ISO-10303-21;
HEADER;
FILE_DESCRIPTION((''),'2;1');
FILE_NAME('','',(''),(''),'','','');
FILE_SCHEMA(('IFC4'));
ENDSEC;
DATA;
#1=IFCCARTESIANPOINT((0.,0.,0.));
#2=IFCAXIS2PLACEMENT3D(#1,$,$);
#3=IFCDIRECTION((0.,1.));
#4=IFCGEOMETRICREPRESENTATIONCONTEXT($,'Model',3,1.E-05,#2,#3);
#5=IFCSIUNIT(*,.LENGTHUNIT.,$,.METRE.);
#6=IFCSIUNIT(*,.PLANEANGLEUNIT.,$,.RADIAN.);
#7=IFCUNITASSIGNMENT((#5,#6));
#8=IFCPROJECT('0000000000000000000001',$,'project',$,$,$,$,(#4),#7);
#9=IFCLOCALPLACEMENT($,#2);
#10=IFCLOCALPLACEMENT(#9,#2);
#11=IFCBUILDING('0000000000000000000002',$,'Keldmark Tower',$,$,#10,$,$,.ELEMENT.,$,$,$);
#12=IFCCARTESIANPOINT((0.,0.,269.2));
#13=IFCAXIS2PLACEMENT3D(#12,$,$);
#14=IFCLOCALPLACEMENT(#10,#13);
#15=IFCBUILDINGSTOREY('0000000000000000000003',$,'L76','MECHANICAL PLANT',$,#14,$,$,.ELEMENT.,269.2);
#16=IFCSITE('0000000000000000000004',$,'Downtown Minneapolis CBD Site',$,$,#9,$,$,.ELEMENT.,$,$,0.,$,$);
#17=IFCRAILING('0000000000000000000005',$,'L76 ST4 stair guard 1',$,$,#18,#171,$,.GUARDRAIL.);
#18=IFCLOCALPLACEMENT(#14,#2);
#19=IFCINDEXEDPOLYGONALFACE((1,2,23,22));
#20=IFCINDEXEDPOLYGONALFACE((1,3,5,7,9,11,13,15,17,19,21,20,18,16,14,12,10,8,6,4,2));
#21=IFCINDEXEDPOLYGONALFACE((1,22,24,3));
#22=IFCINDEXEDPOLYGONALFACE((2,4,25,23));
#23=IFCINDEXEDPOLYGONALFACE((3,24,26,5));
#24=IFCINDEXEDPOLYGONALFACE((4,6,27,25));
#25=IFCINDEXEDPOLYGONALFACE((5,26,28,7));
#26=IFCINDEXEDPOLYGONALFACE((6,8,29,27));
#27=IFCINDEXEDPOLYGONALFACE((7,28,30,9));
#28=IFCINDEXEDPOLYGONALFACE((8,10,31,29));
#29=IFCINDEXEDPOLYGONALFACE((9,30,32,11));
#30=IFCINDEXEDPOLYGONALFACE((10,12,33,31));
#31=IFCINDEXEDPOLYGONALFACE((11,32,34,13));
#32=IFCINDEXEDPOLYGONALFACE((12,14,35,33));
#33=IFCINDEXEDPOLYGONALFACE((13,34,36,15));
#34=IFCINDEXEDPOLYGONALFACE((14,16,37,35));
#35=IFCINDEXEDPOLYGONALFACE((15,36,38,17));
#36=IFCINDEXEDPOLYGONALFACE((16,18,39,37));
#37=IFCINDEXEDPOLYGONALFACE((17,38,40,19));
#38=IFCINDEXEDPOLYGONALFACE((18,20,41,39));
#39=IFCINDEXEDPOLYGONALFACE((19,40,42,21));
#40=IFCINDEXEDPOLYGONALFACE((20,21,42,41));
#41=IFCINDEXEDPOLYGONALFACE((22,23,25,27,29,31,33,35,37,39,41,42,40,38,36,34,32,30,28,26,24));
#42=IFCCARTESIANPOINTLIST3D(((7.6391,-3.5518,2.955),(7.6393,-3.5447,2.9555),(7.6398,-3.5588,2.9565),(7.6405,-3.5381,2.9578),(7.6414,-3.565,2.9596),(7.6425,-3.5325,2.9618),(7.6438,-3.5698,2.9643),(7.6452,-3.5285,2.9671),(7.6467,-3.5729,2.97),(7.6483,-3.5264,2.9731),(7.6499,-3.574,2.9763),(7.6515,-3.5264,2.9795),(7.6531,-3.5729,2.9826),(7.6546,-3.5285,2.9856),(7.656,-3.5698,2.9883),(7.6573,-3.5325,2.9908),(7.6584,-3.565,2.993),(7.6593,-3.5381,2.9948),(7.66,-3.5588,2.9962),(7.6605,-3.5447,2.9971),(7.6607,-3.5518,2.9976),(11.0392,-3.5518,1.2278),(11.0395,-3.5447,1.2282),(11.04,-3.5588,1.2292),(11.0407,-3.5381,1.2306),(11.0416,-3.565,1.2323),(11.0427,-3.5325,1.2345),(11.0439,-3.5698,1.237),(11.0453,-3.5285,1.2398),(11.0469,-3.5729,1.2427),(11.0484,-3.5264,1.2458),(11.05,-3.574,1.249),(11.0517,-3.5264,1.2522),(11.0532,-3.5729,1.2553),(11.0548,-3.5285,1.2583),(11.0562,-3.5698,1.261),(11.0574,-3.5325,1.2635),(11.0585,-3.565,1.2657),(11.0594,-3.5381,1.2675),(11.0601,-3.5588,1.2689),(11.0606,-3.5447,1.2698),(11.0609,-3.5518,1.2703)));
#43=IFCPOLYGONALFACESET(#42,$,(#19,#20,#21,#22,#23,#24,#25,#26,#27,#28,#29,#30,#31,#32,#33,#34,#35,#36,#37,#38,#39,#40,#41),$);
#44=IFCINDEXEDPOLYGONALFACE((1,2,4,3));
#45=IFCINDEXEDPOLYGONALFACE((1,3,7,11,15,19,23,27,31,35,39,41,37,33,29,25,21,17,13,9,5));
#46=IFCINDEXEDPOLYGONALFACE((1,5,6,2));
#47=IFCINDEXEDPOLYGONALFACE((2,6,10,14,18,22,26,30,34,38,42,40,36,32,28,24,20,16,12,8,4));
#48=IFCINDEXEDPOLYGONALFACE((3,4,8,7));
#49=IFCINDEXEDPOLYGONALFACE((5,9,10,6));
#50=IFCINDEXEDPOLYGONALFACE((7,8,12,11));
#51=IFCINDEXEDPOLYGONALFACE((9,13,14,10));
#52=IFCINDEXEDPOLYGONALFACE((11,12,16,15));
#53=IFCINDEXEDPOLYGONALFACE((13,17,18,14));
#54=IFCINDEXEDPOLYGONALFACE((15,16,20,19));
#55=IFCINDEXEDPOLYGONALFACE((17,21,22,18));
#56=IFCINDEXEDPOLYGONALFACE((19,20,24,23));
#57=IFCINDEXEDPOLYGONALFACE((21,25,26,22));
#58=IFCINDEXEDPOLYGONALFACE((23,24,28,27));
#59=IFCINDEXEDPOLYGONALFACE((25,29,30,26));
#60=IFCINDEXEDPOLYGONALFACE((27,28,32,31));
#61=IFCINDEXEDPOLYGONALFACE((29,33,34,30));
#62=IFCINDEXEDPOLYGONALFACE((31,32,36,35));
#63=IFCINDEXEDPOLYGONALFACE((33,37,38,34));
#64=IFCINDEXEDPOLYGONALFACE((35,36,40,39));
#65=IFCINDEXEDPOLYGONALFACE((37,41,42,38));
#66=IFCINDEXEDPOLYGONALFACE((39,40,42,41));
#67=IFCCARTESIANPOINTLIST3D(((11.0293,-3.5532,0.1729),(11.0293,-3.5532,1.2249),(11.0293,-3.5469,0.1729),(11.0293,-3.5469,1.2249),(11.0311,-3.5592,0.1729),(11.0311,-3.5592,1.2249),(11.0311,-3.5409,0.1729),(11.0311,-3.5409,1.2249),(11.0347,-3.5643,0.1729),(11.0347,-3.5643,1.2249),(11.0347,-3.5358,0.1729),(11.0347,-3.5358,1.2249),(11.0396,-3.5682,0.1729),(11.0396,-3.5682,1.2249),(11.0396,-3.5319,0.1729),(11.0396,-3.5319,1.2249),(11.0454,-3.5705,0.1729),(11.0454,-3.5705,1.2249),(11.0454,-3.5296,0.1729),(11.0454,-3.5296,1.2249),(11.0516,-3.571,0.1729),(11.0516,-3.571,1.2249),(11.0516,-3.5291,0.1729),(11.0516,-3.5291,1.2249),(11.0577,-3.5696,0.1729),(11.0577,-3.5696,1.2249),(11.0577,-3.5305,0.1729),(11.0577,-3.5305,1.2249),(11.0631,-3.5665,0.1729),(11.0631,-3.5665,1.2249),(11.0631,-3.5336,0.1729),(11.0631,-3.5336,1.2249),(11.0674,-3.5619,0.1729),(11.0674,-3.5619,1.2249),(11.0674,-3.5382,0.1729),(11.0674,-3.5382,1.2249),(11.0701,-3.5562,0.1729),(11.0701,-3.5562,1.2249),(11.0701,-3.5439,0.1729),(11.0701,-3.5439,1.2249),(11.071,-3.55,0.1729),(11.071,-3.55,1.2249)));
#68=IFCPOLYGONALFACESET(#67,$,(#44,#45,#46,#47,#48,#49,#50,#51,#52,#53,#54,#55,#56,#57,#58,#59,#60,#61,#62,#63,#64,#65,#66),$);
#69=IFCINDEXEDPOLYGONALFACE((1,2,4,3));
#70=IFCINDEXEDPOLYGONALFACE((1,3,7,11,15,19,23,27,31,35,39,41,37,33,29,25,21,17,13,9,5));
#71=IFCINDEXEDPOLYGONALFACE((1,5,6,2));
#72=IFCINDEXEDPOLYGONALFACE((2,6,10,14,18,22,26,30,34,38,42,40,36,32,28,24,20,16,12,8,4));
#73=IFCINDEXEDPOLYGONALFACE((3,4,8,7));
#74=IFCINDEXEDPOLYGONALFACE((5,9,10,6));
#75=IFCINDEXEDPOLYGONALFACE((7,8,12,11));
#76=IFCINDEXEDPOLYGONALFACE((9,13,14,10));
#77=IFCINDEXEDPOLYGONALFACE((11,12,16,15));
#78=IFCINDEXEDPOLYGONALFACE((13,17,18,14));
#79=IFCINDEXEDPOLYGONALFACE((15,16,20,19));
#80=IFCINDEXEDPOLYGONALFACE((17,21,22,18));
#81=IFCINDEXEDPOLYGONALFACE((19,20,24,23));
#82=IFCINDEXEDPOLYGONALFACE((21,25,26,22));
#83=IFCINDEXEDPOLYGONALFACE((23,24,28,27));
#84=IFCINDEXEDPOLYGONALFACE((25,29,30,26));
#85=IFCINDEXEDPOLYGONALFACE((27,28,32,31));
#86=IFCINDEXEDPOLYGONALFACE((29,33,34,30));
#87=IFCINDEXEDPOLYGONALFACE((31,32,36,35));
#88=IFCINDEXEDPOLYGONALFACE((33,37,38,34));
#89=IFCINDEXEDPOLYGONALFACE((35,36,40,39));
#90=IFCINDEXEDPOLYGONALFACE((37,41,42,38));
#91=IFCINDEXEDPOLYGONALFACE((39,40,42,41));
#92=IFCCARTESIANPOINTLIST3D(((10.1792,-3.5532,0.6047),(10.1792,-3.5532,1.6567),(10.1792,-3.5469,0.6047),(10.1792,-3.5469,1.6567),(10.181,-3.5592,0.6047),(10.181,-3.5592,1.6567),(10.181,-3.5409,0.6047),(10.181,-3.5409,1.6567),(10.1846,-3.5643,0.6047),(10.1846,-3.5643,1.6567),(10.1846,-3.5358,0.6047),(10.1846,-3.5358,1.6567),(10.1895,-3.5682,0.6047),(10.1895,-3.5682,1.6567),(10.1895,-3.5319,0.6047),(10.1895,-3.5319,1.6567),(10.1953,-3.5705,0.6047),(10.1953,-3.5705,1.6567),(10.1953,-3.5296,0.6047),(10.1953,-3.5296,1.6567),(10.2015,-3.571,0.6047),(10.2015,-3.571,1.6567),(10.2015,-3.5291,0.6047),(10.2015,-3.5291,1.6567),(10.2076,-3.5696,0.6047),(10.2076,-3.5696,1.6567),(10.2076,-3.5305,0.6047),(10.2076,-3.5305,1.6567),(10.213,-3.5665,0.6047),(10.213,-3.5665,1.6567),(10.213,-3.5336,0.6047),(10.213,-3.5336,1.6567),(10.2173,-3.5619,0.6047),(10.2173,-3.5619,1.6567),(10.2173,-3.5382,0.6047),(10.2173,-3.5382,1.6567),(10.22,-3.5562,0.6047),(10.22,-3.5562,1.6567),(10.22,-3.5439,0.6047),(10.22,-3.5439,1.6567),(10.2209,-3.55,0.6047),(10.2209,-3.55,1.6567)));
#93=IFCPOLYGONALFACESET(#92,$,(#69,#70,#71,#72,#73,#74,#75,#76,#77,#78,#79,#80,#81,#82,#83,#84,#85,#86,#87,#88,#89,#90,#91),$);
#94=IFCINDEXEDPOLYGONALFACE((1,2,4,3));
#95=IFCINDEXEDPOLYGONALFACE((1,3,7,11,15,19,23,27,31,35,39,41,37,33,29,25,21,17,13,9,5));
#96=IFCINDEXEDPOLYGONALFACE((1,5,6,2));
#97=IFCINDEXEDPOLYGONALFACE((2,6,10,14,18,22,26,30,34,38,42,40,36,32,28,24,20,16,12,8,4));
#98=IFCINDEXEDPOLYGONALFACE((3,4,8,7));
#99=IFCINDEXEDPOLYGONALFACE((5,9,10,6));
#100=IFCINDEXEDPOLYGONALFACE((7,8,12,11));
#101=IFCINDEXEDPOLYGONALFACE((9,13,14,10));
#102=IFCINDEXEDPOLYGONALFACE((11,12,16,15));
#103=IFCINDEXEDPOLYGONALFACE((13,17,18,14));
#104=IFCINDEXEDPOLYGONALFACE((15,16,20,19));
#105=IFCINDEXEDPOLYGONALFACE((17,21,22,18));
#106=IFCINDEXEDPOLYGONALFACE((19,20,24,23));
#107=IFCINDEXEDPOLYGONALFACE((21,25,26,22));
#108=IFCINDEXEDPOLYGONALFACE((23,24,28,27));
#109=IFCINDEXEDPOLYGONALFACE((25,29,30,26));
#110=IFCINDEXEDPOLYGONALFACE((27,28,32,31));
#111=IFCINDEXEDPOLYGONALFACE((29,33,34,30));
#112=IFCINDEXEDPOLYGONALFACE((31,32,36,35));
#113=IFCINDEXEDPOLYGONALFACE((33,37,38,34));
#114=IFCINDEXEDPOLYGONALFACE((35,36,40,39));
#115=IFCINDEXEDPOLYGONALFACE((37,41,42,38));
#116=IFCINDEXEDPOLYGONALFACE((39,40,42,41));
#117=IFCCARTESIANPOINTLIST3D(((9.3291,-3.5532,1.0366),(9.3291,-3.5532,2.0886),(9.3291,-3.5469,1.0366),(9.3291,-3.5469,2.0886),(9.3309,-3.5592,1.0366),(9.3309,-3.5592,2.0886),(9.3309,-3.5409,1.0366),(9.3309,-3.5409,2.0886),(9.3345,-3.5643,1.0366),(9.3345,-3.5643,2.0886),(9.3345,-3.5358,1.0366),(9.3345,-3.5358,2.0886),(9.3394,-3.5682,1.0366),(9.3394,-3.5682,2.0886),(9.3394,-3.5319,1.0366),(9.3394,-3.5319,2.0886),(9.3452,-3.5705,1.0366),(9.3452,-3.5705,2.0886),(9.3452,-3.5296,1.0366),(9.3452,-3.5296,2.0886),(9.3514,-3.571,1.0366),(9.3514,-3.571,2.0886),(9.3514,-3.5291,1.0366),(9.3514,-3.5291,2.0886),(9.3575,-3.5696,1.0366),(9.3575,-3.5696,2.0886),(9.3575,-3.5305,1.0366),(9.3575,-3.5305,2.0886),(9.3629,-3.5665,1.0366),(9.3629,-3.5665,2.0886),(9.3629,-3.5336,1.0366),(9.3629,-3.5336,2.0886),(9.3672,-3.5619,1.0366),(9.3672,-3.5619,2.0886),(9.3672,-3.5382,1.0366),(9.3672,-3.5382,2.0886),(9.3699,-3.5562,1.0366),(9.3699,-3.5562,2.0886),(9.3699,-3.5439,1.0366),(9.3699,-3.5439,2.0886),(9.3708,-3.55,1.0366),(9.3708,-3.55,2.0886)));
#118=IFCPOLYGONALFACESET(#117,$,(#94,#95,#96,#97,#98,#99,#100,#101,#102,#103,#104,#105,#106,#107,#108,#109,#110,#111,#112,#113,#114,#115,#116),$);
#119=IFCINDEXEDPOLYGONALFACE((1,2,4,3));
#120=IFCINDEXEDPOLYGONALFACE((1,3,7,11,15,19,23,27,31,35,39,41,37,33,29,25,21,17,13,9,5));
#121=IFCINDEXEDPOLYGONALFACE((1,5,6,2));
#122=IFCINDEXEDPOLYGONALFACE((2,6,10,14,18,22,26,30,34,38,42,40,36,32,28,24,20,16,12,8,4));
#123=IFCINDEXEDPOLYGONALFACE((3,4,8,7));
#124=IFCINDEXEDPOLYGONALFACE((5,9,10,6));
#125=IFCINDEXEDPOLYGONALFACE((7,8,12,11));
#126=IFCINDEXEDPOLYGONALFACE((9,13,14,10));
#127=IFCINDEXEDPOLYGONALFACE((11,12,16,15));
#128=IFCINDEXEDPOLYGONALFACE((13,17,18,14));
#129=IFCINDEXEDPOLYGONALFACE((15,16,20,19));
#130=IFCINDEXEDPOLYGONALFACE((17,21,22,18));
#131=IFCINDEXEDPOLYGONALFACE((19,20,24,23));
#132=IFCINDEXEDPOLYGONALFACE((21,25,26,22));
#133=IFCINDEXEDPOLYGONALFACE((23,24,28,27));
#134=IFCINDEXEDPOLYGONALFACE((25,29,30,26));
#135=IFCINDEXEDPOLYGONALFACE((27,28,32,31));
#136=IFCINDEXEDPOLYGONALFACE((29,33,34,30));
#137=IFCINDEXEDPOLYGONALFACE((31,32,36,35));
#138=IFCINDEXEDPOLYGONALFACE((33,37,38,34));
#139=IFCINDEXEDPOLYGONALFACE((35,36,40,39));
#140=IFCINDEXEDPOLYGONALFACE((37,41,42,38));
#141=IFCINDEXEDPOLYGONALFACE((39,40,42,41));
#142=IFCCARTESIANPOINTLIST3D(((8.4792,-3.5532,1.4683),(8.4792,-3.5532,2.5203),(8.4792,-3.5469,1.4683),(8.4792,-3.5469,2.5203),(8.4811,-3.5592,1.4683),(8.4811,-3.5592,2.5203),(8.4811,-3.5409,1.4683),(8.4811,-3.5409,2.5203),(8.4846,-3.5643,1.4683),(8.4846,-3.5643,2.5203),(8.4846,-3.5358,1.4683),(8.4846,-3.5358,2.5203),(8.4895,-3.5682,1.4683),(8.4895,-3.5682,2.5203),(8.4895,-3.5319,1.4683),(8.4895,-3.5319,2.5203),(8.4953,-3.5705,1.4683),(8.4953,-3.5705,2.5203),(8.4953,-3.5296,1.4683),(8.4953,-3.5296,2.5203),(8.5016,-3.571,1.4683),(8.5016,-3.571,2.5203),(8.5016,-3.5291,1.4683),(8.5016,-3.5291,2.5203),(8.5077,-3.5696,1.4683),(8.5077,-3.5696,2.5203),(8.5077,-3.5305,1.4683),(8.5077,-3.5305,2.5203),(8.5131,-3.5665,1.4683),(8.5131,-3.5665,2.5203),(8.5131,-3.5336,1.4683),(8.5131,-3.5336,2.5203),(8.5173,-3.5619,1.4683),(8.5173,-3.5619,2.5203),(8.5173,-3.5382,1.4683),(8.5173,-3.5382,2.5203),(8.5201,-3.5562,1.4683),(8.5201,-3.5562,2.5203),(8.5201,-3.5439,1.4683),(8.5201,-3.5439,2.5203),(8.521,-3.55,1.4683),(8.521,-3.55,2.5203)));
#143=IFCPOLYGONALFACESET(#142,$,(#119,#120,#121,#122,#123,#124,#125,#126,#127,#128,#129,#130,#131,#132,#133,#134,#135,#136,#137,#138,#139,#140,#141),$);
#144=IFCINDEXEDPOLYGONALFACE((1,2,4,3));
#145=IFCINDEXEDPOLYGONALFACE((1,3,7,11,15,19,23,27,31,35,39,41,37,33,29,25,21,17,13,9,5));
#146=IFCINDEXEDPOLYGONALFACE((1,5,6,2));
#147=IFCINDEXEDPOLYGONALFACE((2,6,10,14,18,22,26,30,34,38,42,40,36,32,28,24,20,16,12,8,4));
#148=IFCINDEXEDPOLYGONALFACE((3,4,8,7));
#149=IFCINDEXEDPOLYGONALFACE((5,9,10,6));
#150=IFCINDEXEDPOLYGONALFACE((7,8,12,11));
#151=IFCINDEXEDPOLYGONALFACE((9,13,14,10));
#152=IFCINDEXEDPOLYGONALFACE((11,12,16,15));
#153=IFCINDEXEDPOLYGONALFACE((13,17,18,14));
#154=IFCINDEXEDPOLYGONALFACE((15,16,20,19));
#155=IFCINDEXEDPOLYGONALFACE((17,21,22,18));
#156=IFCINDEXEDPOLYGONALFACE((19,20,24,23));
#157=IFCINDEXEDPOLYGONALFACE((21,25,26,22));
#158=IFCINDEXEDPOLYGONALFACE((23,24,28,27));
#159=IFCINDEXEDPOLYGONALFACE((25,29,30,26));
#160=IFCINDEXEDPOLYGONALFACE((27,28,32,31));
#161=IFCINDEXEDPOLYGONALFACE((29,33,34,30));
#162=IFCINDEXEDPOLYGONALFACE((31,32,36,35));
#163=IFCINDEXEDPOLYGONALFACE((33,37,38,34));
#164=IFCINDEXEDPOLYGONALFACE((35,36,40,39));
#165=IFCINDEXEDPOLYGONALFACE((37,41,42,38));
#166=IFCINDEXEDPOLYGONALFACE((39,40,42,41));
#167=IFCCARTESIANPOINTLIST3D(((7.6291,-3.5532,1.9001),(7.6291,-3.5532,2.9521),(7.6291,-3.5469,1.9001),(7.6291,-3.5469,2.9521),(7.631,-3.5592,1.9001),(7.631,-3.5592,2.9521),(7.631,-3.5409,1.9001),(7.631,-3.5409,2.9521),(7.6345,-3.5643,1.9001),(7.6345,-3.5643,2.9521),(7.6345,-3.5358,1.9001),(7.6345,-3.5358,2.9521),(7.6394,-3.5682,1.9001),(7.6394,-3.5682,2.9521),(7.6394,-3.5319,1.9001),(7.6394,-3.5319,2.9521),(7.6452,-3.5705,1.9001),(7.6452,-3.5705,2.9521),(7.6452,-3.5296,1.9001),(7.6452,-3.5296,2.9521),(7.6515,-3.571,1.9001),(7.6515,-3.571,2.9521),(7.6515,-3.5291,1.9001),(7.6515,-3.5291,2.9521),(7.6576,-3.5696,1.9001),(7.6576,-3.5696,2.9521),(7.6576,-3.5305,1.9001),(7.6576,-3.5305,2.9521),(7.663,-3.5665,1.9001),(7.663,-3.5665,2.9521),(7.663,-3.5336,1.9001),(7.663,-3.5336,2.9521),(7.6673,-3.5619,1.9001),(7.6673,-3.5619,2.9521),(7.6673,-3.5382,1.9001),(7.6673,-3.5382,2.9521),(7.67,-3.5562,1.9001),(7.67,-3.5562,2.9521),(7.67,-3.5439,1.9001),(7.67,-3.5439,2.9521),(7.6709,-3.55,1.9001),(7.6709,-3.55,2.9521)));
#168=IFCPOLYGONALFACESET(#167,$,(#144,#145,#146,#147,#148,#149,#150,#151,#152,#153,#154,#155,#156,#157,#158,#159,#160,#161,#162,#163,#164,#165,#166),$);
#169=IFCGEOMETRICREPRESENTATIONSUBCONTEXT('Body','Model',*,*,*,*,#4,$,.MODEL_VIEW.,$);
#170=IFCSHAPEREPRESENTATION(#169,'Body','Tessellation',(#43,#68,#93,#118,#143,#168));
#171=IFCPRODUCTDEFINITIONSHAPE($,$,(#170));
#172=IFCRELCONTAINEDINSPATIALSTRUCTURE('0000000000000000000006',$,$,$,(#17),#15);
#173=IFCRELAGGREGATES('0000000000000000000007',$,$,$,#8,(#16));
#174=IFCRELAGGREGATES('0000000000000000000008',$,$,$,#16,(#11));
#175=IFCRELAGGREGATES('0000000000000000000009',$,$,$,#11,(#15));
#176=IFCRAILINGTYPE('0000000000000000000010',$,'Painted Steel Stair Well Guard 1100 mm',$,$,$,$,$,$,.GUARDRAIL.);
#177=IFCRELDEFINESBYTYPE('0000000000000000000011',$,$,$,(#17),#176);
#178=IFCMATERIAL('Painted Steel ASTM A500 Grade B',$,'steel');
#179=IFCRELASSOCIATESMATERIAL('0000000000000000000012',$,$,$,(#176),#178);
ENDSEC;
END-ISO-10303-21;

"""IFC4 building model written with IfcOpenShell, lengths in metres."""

from ifc_helpers import new_model, si_unit, direction, frame, origin, origin_2d, place, context, subcontext, project, spatial, circle, extrude, material, type_object, element, save


model = new_model("IFC4")

# Units and contexts
model_context = context("Model", 3, precision=1e-05, world=origin(), true_north=direction((0.0, 1.0)))
body_context = subcontext(model_context, "Body", "Model", "MODEL_VIEW")
ifc_project = project(units=[si_unit("LENGTHUNIT", "METRE"), si_unit("PLANEANGLEUNIT", "RADIAN")], contexts=[model_context])

# Site, building, storey
site_placement = place(None, origin())
site = spatial("IfcSite", under=ifc_project, at=site_placement, Name="Downtown Minneapolis CBD Site", CompositionType="ELEMENT", RefElevation=0.0)
building_placement = place(site_placement, origin())
building = spatial("IfcBuilding", under=site, at=building_placement, Name="Keldmark Tower", CompositionType="ELEMENT")
storey_placement = place(building_placement, frame((0.0, 0.0, 269.2)))
storey = spatial("IfcBuildingStorey", under=building, at=storey_placement, Name="L76", Description="MECHANICAL PLANT", CompositionType="ELEMENT", Elevation=269.2)

# Railing
ifc_material_1 = material(Name="Painted Steel ASTM A500 Grade B", Category="steel")
railing_type_1 = type_object("IfcRailingType", Name="Painted Steel Stair Well Guard 1100 mm", PredefinedType="GUARDRAIL", material=ifc_material_1)
railing_1_placement = place(storey_placement, frame((11.05, -3.55, 0.1729)))
element("IfcRailing", 1, at=railing_1_placement, inside=storey, type_object=railing_type_1, Name="L76 ST4 stair guard 1", PredefinedType="GUARDRAIL", context=body_context, shape_type="SweptSolid", body=[
    extrude(circle(Radius=0.0239, at=origin_2d()), frame((0.0, 0.0, 1.0762), z_axis=(-0.891554, 0.0, 0.452915), x_axis=(0.0, -1.0, 0.0)), (0.0, 0.0, 1.0), 3.8137),
    extrude(circle(Radius=0.021, at=origin_2d()), origin(), (0.0, 0.0, 1.0), 1.052),
    extrude(circle(Radius=0.021, at=origin_2d()), frame((-0.8501, 0.0, 0.4319)), (0.0, 0.0, 1.0), 1.052),
    extrude(circle(Radius=0.021, at=origin_2d()), frame((-1.7002, 0.0, 0.8638)), (0.0, 0.0, 1.0), 1.052),
    extrude(circle(Radius=0.021, at=origin_2d()), frame((-2.55, 0.0, 1.2954)), (0.0, 0.0, 1.0), 1.052),
    extrude(circle(Radius=0.021, at=origin_2d()), frame((-3.4001, 0.0, 1.7273)), (0.0, 0.0, 1.0), 1.052),
])

save(model, "model.ifc")
